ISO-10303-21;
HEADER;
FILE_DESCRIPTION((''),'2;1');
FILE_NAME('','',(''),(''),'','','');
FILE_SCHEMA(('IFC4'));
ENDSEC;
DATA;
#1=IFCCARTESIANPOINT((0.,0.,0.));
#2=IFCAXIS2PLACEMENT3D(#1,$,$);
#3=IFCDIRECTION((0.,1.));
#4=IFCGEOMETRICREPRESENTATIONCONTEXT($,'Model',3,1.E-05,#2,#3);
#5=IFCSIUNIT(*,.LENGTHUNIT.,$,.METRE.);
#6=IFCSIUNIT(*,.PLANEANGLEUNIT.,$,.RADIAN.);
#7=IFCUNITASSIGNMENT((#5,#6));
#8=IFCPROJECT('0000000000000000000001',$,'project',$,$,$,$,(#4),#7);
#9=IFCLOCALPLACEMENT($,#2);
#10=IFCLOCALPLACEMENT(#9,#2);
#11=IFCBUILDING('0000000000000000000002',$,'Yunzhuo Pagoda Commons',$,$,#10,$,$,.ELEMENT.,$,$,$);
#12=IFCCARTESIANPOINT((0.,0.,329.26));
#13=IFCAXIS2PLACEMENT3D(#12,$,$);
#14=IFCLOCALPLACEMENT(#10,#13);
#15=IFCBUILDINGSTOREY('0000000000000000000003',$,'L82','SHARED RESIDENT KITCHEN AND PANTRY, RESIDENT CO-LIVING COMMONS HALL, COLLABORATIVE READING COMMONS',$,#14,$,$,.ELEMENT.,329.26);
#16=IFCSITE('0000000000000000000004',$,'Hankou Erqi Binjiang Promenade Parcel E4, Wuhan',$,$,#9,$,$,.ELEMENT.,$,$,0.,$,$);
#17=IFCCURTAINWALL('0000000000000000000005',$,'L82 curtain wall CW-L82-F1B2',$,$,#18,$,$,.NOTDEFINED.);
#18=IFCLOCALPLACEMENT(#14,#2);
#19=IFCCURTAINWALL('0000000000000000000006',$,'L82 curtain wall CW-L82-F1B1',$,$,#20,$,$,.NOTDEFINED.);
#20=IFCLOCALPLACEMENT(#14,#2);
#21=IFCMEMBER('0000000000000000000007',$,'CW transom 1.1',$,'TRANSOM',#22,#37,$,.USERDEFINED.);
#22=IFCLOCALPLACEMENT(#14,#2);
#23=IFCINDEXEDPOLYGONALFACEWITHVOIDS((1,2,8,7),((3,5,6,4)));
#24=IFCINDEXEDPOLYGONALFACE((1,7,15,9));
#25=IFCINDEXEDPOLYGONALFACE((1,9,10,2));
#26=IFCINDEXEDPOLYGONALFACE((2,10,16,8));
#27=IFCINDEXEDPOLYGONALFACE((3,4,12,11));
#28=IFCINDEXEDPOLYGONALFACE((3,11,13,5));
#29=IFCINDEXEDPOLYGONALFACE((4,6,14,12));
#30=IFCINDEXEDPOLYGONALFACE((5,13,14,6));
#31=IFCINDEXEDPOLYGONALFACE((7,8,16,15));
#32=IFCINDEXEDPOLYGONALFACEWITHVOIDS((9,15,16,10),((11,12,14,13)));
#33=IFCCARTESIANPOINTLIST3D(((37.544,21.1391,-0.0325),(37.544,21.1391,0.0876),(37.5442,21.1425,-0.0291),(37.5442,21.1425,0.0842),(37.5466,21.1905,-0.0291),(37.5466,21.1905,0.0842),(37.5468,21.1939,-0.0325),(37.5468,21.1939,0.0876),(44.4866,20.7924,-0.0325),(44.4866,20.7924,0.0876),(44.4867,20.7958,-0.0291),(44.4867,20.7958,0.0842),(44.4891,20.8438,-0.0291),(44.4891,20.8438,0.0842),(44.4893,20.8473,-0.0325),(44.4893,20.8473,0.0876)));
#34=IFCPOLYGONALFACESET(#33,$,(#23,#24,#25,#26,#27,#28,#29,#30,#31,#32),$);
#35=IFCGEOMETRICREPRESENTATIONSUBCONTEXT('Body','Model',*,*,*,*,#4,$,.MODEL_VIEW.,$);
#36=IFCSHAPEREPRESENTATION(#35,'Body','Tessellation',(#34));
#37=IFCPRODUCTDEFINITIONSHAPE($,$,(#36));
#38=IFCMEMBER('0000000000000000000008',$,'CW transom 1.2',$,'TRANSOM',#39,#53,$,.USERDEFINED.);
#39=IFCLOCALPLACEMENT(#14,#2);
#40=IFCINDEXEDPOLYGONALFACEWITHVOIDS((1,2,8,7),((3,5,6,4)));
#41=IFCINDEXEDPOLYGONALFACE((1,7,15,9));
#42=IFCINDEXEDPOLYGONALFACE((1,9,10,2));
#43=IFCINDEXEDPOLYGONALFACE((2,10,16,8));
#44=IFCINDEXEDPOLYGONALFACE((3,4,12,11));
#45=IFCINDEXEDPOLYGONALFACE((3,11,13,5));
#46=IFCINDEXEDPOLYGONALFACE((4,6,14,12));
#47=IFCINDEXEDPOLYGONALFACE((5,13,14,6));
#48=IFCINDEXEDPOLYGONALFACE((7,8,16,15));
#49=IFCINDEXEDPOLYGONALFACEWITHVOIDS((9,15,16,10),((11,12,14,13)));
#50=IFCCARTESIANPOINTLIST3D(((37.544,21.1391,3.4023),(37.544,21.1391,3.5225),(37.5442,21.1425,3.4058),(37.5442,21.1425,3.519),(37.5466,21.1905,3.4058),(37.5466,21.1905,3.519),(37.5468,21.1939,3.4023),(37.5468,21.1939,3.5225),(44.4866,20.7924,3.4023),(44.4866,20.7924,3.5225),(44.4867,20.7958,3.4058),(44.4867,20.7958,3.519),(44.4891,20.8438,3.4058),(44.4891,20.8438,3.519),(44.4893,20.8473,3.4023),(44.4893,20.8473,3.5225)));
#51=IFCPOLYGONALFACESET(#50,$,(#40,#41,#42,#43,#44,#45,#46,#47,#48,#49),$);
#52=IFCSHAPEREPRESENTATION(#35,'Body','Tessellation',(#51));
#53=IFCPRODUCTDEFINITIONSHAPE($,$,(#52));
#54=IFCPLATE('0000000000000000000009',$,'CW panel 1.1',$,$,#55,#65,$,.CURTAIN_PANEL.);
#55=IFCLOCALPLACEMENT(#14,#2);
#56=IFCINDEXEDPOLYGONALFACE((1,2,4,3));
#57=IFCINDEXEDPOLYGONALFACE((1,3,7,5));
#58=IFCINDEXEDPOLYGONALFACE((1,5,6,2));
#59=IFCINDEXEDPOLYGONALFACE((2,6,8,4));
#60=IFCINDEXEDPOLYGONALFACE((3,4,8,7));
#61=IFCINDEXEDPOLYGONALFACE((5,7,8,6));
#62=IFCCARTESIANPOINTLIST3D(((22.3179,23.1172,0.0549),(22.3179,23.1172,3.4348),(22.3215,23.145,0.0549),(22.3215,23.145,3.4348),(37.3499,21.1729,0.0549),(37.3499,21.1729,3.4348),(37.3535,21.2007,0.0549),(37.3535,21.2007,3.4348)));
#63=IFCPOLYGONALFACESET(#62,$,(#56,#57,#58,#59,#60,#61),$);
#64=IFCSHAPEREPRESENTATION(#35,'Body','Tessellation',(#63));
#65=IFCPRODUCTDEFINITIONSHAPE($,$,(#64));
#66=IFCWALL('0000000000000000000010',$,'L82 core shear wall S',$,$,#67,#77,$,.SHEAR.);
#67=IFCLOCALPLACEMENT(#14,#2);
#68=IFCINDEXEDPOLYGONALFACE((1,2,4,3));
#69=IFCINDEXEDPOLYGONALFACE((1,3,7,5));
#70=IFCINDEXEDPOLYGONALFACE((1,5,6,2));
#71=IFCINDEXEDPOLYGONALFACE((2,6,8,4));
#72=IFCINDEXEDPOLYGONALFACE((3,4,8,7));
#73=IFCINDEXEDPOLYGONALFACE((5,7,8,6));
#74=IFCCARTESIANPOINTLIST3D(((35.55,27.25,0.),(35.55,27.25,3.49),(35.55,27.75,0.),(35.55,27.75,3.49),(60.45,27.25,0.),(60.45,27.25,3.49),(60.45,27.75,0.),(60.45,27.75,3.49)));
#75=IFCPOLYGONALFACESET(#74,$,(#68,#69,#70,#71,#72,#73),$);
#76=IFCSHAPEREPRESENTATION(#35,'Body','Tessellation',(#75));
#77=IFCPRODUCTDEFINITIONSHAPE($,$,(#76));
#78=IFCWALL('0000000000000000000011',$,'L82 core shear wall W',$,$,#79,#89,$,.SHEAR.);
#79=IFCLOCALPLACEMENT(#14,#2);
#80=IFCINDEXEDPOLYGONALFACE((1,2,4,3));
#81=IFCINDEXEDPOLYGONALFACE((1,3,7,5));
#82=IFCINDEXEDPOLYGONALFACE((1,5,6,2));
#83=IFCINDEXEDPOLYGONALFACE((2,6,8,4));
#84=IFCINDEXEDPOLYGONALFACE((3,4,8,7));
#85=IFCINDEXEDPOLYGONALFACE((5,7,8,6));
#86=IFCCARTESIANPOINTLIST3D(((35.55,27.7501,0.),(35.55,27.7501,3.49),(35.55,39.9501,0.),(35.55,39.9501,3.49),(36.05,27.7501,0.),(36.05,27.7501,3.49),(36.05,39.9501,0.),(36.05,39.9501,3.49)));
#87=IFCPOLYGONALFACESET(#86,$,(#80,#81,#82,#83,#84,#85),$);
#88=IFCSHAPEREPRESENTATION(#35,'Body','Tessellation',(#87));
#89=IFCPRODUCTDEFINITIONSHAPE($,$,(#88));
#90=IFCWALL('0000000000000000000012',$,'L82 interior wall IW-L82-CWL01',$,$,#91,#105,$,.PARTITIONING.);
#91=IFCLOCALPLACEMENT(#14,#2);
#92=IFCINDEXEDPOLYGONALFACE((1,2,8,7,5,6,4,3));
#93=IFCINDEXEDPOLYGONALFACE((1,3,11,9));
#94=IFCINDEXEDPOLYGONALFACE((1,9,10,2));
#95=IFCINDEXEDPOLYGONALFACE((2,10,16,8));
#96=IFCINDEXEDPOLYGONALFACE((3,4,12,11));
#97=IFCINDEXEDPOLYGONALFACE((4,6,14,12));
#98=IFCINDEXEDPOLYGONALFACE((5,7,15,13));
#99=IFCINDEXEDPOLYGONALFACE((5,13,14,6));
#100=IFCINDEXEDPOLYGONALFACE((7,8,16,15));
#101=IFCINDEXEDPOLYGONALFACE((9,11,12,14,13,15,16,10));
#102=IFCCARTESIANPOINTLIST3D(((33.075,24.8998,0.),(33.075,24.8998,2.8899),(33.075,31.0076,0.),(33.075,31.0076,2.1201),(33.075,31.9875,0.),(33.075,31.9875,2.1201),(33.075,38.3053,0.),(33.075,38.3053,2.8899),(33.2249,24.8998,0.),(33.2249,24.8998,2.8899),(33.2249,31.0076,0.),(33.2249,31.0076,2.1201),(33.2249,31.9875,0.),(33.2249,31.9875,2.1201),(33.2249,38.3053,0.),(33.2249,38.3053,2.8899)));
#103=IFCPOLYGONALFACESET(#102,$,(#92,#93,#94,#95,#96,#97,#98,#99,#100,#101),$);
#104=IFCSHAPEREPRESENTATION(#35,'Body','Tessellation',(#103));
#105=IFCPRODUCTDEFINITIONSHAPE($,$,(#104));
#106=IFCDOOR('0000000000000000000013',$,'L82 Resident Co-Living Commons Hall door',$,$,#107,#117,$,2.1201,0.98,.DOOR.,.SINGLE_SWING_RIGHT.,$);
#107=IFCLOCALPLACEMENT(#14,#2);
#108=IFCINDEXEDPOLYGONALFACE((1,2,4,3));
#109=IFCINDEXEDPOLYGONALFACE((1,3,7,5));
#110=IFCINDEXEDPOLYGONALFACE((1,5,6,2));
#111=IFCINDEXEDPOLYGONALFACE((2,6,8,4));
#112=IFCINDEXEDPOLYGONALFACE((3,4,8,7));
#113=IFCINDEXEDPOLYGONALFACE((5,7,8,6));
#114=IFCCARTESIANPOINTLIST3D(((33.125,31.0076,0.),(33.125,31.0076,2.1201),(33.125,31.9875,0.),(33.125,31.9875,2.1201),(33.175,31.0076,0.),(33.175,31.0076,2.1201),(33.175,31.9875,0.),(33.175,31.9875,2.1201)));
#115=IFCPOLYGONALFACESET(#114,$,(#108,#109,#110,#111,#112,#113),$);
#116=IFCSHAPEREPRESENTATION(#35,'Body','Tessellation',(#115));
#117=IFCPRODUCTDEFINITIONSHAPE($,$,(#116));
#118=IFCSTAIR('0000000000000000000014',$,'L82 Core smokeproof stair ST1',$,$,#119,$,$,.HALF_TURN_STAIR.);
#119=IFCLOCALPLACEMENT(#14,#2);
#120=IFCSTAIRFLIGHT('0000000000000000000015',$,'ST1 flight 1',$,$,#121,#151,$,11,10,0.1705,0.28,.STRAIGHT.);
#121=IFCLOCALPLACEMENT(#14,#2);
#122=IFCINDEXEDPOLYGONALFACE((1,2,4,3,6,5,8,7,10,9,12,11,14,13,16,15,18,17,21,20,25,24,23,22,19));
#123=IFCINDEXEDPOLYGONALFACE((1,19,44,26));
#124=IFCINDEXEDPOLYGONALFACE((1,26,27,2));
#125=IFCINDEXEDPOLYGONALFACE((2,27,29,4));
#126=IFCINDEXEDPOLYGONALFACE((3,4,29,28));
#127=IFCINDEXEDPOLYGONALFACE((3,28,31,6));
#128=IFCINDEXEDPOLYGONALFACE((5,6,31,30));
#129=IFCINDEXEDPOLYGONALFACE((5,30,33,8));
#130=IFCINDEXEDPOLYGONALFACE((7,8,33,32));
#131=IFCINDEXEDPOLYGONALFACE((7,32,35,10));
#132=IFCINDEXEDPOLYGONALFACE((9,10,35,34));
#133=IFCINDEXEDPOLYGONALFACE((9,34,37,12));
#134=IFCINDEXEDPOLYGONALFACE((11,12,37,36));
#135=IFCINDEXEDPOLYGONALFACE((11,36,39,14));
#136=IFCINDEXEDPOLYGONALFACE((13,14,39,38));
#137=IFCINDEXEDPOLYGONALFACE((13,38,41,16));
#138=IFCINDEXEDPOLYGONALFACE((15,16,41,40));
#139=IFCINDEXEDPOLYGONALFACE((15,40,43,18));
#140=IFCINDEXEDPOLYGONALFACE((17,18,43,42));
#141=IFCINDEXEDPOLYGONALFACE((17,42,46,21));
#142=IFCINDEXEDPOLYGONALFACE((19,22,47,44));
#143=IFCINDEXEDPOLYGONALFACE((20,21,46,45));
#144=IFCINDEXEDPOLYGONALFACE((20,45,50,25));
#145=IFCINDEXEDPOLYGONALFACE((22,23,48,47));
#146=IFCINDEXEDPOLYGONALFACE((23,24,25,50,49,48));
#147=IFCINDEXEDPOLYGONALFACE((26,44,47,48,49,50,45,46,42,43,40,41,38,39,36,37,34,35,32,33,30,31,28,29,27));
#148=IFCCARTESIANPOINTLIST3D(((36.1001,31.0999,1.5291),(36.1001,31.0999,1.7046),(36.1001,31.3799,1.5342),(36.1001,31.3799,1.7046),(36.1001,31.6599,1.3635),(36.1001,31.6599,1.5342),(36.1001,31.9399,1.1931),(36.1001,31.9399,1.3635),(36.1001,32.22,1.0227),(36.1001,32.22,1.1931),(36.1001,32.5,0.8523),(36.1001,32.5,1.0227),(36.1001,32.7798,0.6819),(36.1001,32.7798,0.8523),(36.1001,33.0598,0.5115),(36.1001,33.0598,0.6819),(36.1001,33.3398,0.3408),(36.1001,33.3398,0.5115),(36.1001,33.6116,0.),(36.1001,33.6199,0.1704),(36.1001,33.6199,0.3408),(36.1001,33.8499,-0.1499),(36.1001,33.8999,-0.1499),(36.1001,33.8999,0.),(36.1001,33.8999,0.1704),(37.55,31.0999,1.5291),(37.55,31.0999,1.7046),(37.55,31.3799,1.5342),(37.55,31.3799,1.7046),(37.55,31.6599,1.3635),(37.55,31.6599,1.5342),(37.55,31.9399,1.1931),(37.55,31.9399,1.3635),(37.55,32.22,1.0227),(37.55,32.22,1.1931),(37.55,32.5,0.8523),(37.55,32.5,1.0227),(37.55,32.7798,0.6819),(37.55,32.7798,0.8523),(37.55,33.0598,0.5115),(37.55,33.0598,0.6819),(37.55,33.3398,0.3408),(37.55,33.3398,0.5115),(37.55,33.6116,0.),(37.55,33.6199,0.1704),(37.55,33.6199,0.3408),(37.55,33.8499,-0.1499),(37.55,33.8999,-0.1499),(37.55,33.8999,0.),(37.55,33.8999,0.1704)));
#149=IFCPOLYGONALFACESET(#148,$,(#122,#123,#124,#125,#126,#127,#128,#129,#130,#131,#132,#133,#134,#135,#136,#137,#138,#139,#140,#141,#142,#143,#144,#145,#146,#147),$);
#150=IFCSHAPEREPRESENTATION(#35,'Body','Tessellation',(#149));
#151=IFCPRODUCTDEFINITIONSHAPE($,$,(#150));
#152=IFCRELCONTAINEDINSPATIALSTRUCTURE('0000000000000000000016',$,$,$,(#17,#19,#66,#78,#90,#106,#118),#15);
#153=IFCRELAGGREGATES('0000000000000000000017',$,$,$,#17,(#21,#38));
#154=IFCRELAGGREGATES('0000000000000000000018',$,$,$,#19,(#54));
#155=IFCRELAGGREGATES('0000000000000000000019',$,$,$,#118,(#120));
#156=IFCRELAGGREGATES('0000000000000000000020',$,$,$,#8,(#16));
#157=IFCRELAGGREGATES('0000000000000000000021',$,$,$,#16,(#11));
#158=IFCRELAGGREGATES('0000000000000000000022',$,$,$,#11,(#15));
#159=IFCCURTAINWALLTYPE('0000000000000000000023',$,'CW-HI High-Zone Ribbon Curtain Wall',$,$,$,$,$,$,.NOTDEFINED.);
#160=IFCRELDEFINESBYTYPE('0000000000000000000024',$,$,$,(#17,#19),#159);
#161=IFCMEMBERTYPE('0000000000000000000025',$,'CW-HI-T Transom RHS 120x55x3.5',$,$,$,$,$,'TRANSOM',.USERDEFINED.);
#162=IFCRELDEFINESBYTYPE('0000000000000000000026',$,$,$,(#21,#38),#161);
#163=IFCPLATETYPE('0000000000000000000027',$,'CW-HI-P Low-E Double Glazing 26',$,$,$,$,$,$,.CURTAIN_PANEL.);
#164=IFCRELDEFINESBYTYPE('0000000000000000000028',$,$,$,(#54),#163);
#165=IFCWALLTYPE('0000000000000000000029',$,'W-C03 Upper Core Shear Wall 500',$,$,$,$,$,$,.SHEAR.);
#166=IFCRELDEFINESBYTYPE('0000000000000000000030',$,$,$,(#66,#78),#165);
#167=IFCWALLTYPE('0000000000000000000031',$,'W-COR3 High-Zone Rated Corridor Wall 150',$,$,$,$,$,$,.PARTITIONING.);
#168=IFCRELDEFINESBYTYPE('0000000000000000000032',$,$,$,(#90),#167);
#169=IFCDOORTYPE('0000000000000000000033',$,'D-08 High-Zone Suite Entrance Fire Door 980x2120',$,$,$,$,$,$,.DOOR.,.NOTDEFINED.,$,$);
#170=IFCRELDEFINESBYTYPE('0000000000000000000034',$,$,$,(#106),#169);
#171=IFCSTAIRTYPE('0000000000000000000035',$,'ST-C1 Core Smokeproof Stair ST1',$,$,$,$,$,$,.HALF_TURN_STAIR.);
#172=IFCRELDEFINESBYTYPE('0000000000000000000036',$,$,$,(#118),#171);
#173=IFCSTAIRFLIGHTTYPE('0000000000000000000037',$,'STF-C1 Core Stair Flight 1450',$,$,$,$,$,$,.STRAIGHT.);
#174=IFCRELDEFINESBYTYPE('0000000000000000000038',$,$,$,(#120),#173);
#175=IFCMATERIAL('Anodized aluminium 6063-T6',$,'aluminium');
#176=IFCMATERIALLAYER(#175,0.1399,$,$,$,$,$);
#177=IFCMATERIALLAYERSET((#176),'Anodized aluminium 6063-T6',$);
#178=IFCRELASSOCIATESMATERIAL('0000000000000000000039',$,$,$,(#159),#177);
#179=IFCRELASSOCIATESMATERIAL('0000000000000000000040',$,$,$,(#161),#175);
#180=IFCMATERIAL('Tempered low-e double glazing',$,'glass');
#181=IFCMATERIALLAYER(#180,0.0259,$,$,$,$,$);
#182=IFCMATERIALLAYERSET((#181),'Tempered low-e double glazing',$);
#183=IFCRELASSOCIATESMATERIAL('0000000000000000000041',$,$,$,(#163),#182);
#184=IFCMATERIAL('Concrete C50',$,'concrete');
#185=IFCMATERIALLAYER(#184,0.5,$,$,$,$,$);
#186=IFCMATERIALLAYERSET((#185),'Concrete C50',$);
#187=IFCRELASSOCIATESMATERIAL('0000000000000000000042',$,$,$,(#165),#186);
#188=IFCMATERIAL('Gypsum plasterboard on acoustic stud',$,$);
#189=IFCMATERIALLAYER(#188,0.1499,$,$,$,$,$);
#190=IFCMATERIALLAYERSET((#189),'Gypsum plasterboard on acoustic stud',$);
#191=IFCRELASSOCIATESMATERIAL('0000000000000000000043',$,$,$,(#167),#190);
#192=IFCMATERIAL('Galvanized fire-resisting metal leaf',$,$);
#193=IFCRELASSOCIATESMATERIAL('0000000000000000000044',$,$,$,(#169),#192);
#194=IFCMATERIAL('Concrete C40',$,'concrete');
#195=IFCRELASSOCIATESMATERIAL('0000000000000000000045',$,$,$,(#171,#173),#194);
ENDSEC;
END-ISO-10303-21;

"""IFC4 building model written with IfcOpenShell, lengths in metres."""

from ifc_helpers import new_model, si_unit, direction, frame, frame_2d, origin, origin_with_axes, origin_2d, place, context, subcontext, project, spatial, polyline, rectangle, hollow_rectangle, outline, extrude, source, transform, mapped, material, layer, layer_set, material_profile, profile_set, type_object, element, fill, aggregate, save


model = new_model("IFC4")

# Units and contexts
model_context = context("Model", 3, precision=1e-05, world=origin(), true_north=direction((0.0, 1.0)))
body_context = subcontext(model_context, "Body", "Model", "MODEL_VIEW")
ifc_project = project(units=[si_unit("LENGTHUNIT", "METRE"), si_unit("PLANEANGLEUNIT", "RADIAN")], contexts=[model_context])

# Site, building, storey
site_placement = place(None, origin())
site = spatial("IfcSite", under=ifc_project, at=site_placement, Name="Hankou Erqi Binjiang Promenade Parcel E4, Wuhan", CompositionType="ELEMENT", RefElevation=0.0)
building_placement = place(site_placement, origin())
building = spatial("IfcBuilding", under=site, at=building_placement, Name="Yunzhuo Pagoda Commons", CompositionType="ELEMENT")
storey_placement = place(building_placement, frame((0.0, 0.0, 329.26)))
storey = spatial("IfcBuildingStorey", under=building, at=storey_placement, Name="L82", Description="SHARED RESIDENT KITCHEN AND PANTRY, RESIDENT CO-LIVING COMMONS HALL, COLLABORATIVE READING COMMONS", CompositionType="ELEMENT", Elevation=329.26)

# Curtain walls
ifc_material_1 = material(Name="Anodized aluminium 6063-T6", Category="aluminium")
ifc_layer_1 = layer(ifc_material_1, 0.1399)
ifc_layer_set_1 = layer_set([ifc_layer_1], Name="Anodized aluminium 6063-T6")
curtain_wall_type = type_object("IfcCurtainWallType", Name="CW-HI High-Zone Ribbon Curtain Wall", PredefinedType="NOTDEFINED", material=ifc_layer_set_1)
curtain_wall_1_placement = place(storey_placement, origin())
curtain_wall_1 = element("IfcCurtainWall", 1, at=curtain_wall_1_placement, inside=storey, type_object=curtain_wall_type, Name="L82 curtain wall CW-L82-F1B2", PredefinedType="NOTDEFINED")
curtain_wall_2_placement = place(storey_placement, origin())
curtain_wall_2 = element("IfcCurtainWall", 2, at=curtain_wall_2_placement, inside=storey, type_object=curtain_wall_type, Name="L82 curtain wall CW-L82-F1B1", PredefinedType="NOTDEFINED")

# Members
ifc_material_profile_1 = material_profile(ifc_material_1, hollow_rectangle(XDim=0.0549, YDim=0.1201, WallThickness=0.0034, at=origin_2d()), Name="Anodized aluminium 6063-T6")
ifc_profile_set_1 = profile_set([ifc_material_profile_1], Name="Anodized aluminium 6063-T6")
member_type_1 = type_object("IfcMemberType", Name="CW-HI-T Transom RHS 120x55x3.5", ElementType="TRANSOM", PredefinedType="USERDEFINED", material=ifc_profile_set_1)
shared_shape_1 = source(origin(), body_context, "Body", "SweptSolid", [
    extrude(hollow_rectangle(XDim=0.0549, YDim=0.1201, WallThickness=0.0034, at=origin_2d()), origin(), (0.0, 0.0, 1.0), 6.9512),
])
member_1_placement = place(storey_placement, frame((37.5454, 21.1665, 0.0276), z_axis=(0.998756, -0.049873, 0.0), x_axis=(0.049873, 0.998756, 0.0)))
member_1 = element("IfcMember", 3, at=member_1_placement, type_object=member_type_1, Name="CW transom 1.1", ObjectType="TRANSOM", PredefinedType="USERDEFINED", context=body_context, shape_type="MappedRepresentation", body=[
    mapped(shared_shape_1, transform((0.0, 0.0, 0.0), scale=1.0)),
])
member_2_placement = place(storey_placement, frame((37.5454, 21.1665, 3.4624), z_axis=(0.998756, -0.049873, 0.0), x_axis=(0.049873, 0.998756, 0.0)))
member_2 = element("IfcMember", 4, at=member_2_placement, type_object=member_type_1, Name="CW transom 1.2", ObjectType="TRANSOM", PredefinedType="USERDEFINED", context=body_context, shape_type="MappedRepresentation", body=[
    mapped(shared_shape_1, transform((0.0, 0.0, 0.0), scale=1.0)),
])
aggregate(curtain_wall_1, [member_1, member_2])

# Plate
ifc_material_2 = material(Name="Tempered low-e double glazing", Category="glass")
ifc_layer_2 = layer(ifc_material_2, 0.0259)
ifc_layer_set_2 = layer_set([ifc_layer_2], Name="Tempered low-e double glazing")
plate_type = type_object("IfcPlateType", Name="CW-HI-P Low-E Double Glazing 26", PredefinedType="CURTAIN_PANEL", material=ifc_layer_set_2)
shared_shape_2 = source(origin(), body_context, "Body", "SweptSolid", [
    extrude(rectangle(XDim=15.1572, YDim=0.0281, at=origin_2d()), origin(), (0.0, 0.0, 1.0), 3.3799),
])
plate_placement = place(storey_placement, frame((29.8357, 22.1589, 0.0549), z_axis=(0.0, 0.0, 1.0), x_axis=(0.991739, -0.128276, 0.0)))
plate = element("IfcPlate", 5, at=plate_placement, type_object=plate_type, Name="CW panel 1.1", PredefinedType="CURTAIN_PANEL", context=body_context, shape_type="MappedRepresentation", body=[
    mapped(shared_shape_2, transform((0.0, 0.0, 0.0), scale=1.0)),
])
aggregate(curtain_wall_2, [plate])

# Walls
ifc_material_3 = material(Name="Concrete C50", Category="concrete")
ifc_layer_3 = layer(ifc_material_3, 0.5)
ifc_layer_set_3 = layer_set([ifc_layer_3], Name="Concrete C50")
wall_type_1 = type_object("IfcWallType", Name="W-C03 Upper Core Shear Wall 500", PredefinedType="SHEAR", material=ifc_layer_set_3)
wall_1_placement = place(storey_placement, frame((35.55, 27.5, 0.0), z_axis=(0.0, 0.0, 1.0), x_axis=(1.0, 0.0, 0.0)))
element("IfcWall", 6, at=wall_1_placement, inside=storey, type_object=wall_type_1, Name="L82 core shear wall S", PredefinedType="SHEAR", context=body_context, shape_type="SweptSolid", body=[
    extrude(rectangle(XDim=24.8999, YDim=0.5, at=frame_2d((12.45, 0.0))), origin(), (0.0, 0.0, 1.0), 3.49),
])
wall_2_placement = place(storey_placement, frame((35.8, 27.75, 0.0), z_axis=(0.0, 0.0, 1.0), x_axis=(0.0, 1.0, 0.0)))
element("IfcWall", 7, at=wall_2_placement, inside=storey, type_object=wall_type_1, Name="L82 core shear wall W", PredefinedType="SHEAR", context=body_context, shape_type="SweptSolid", body=[
    extrude(rectangle(XDim=12.2, YDim=0.5, at=frame_2d((6.1001, 0.0))), origin(), (0.0, 0.0, 1.0), 3.49),
])

# Wall, opening, door
ifc_material_4 = material(Name="Gypsum plasterboard on acoustic stud")
ifc_layer_4 = layer(ifc_material_4, 0.1499)
ifc_layer_set_4 = layer_set([ifc_layer_4], Name="Gypsum plasterboard on acoustic stud")
wall_type_2 = type_object("IfcWallType", Name="W-COR3 High-Zone Rated Corridor Wall 150", PredefinedType="PARTITIONING", material=ifc_layer_set_4)
wall_3_placement = place(storey_placement, frame((33.1499, 24.8999, 0.0), z_axis=(0.0, 0.0, 1.0), x_axis=(0.0, 1.0, 0.0)))
wall_3 = element("IfcWall", 8, at=wall_3_placement, inside=storey, type_object=wall_type_2, Name="L82 interior wall IW-L82-CWL01", PredefinedType="PARTITIONING", context=body_context, shape_type="SweptSolid", body=[
    extrude(rectangle(XDim=13.4055, YDim=0.1499, at=frame_2d((6.7026, 0.0))), origin(), (0.0, 0.0, 1.0), 2.8899),
])
opening_placement = place(wall_3_placement, frame((6.1077, 0.0, 0.0)))
opening = element("IfcOpeningElement", 9, at=opening_placement, cuts=wall_3, PredefinedType="OPENING", context=body_context, shape_type="SweptSolid", body=[
    extrude(rectangle(XDim=0.98, YDim=2.1201, at=frame_2d((0.49, 1.0601))), frame((0.0, 0.085, 0.0), z_axis=(0.0, -1.0, 0.0), x_axis=(1.0, 0.0, 0.0)), (0.0, 0.0, 1.0), 0.1699),
])
ifc_material_5 = material(Name="Galvanized fire-resisting metal leaf")
door_type = type_object("IfcDoorType", Name="D-08 High-Zone Suite Entrance Fire Door 980x2120", OperationType="NOTDEFINED", PredefinedType="DOOR", material=ifc_material_5)
shared_shape_3 = source(origin(), body_context, "Body", "SweptSolid", [
    extrude(rectangle(XDim=0.98, YDim=2.1201, at=frame_2d((0.49, 1.0601))), frame((0.0, 0.0249, 0.0), z_axis=(0.0, -1.0, 0.0), x_axis=(1.0, 0.0, 0.0)), (0.0, 0.0, 1.0), 0.05),
])
door_placement = place(opening_placement, origin_with_axes())
door = element("IfcDoor", 10, at=door_placement, inside=storey, type_object=door_type, Name="L82 Resident Co-Living Commons Hall door", OperationType="SINGLE_SWING_RIGHT", OverallHeight=2.1201, OverallWidth=0.98, PredefinedType="DOOR", context=body_context, shape_type="MappedRepresentation", body=[
    mapped(shared_shape_3, transform((0.0, 0.0, 0.0), scale=1.0)),
])
fill(opening, door)

# Stair, stair flight
ifc_material_6 = material(Name="Concrete C40", Category="concrete")
stair_type = type_object("IfcStairType", Name="ST-C1 Core Smokeproof Stair ST1", PredefinedType="HALF_TURN_STAIR", material=ifc_material_6)
stair_placement = place(storey_placement, origin())
stair = element("IfcStair", 11, at=stair_placement, inside=storey, type_object=stair_type, Name="L82 Core smokeproof stair ST1", PredefinedType="HALF_TURN_STAIR")
stair_flight_type = type_object("IfcStairFlightType", Name="STF-C1 Core Stair Flight 1450", PredefinedType="STRAIGHT", material=ifc_material_6)
shared_shape_4 = source(origin(), body_context, "Body", "SweptSolid", [
    extrude(outline(polyline([(0.0, -0.1499), (0.0, 0.0), (0.0, 0.1704), (0.28, 0.1704), (0.28, 0.3408), (0.5601, 0.3408), (0.5601, 0.5115), (0.8401, 0.5115), (0.8401, 0.6819), (1.1201, 0.6819), (1.1201, 0.8523), (1.3999, 0.8523), (1.3999, 1.0227), (1.6799, 1.0227), (1.6799, 1.1931), (1.96, 1.1931), (1.96, 1.3635), (2.24, 1.3635), (2.24, 1.5342), (2.52, 1.5342), (2.52, 1.7046), (2.8, 1.7046), (2.8, 1.875), (2.8, 1.5291), (0.2883, 0.0), (0.05, -0.1499), (0.0, -0.1499)])), frame((0.0, 0.7251, 0.0), z_axis=(0.0, -1.0, 0.0), x_axis=(1.0, 0.0, 0.0)), (0.0, 0.0, 1.0), 1.45),
])
stair_flight_1_placement = place(storey_placement, frame((36.825, 33.8999, 0.0), z_axis=(0.0, 0.0, 1.0), x_axis=(0.0, -1.0, 0.0)))
stair_flight_1 = element("IfcStairFlight", 12, at=stair_flight_1_placement, type_object=stair_flight_type, Name="ST1 flight 1", NumberOfRisers=11, NumberOfTreads=10, PredefinedType="STRAIGHT", RiserHeight=0.1705, TreadLength=0.28, context=body_context, shape_type="MappedRepresentation", body=[
    mapped(shared_shape_4, transform((0.0, 0.0, 0.0), scale=1.0)),
])
aggregate(stair, [stair_flight_1])

save(model, "model.ifc")
